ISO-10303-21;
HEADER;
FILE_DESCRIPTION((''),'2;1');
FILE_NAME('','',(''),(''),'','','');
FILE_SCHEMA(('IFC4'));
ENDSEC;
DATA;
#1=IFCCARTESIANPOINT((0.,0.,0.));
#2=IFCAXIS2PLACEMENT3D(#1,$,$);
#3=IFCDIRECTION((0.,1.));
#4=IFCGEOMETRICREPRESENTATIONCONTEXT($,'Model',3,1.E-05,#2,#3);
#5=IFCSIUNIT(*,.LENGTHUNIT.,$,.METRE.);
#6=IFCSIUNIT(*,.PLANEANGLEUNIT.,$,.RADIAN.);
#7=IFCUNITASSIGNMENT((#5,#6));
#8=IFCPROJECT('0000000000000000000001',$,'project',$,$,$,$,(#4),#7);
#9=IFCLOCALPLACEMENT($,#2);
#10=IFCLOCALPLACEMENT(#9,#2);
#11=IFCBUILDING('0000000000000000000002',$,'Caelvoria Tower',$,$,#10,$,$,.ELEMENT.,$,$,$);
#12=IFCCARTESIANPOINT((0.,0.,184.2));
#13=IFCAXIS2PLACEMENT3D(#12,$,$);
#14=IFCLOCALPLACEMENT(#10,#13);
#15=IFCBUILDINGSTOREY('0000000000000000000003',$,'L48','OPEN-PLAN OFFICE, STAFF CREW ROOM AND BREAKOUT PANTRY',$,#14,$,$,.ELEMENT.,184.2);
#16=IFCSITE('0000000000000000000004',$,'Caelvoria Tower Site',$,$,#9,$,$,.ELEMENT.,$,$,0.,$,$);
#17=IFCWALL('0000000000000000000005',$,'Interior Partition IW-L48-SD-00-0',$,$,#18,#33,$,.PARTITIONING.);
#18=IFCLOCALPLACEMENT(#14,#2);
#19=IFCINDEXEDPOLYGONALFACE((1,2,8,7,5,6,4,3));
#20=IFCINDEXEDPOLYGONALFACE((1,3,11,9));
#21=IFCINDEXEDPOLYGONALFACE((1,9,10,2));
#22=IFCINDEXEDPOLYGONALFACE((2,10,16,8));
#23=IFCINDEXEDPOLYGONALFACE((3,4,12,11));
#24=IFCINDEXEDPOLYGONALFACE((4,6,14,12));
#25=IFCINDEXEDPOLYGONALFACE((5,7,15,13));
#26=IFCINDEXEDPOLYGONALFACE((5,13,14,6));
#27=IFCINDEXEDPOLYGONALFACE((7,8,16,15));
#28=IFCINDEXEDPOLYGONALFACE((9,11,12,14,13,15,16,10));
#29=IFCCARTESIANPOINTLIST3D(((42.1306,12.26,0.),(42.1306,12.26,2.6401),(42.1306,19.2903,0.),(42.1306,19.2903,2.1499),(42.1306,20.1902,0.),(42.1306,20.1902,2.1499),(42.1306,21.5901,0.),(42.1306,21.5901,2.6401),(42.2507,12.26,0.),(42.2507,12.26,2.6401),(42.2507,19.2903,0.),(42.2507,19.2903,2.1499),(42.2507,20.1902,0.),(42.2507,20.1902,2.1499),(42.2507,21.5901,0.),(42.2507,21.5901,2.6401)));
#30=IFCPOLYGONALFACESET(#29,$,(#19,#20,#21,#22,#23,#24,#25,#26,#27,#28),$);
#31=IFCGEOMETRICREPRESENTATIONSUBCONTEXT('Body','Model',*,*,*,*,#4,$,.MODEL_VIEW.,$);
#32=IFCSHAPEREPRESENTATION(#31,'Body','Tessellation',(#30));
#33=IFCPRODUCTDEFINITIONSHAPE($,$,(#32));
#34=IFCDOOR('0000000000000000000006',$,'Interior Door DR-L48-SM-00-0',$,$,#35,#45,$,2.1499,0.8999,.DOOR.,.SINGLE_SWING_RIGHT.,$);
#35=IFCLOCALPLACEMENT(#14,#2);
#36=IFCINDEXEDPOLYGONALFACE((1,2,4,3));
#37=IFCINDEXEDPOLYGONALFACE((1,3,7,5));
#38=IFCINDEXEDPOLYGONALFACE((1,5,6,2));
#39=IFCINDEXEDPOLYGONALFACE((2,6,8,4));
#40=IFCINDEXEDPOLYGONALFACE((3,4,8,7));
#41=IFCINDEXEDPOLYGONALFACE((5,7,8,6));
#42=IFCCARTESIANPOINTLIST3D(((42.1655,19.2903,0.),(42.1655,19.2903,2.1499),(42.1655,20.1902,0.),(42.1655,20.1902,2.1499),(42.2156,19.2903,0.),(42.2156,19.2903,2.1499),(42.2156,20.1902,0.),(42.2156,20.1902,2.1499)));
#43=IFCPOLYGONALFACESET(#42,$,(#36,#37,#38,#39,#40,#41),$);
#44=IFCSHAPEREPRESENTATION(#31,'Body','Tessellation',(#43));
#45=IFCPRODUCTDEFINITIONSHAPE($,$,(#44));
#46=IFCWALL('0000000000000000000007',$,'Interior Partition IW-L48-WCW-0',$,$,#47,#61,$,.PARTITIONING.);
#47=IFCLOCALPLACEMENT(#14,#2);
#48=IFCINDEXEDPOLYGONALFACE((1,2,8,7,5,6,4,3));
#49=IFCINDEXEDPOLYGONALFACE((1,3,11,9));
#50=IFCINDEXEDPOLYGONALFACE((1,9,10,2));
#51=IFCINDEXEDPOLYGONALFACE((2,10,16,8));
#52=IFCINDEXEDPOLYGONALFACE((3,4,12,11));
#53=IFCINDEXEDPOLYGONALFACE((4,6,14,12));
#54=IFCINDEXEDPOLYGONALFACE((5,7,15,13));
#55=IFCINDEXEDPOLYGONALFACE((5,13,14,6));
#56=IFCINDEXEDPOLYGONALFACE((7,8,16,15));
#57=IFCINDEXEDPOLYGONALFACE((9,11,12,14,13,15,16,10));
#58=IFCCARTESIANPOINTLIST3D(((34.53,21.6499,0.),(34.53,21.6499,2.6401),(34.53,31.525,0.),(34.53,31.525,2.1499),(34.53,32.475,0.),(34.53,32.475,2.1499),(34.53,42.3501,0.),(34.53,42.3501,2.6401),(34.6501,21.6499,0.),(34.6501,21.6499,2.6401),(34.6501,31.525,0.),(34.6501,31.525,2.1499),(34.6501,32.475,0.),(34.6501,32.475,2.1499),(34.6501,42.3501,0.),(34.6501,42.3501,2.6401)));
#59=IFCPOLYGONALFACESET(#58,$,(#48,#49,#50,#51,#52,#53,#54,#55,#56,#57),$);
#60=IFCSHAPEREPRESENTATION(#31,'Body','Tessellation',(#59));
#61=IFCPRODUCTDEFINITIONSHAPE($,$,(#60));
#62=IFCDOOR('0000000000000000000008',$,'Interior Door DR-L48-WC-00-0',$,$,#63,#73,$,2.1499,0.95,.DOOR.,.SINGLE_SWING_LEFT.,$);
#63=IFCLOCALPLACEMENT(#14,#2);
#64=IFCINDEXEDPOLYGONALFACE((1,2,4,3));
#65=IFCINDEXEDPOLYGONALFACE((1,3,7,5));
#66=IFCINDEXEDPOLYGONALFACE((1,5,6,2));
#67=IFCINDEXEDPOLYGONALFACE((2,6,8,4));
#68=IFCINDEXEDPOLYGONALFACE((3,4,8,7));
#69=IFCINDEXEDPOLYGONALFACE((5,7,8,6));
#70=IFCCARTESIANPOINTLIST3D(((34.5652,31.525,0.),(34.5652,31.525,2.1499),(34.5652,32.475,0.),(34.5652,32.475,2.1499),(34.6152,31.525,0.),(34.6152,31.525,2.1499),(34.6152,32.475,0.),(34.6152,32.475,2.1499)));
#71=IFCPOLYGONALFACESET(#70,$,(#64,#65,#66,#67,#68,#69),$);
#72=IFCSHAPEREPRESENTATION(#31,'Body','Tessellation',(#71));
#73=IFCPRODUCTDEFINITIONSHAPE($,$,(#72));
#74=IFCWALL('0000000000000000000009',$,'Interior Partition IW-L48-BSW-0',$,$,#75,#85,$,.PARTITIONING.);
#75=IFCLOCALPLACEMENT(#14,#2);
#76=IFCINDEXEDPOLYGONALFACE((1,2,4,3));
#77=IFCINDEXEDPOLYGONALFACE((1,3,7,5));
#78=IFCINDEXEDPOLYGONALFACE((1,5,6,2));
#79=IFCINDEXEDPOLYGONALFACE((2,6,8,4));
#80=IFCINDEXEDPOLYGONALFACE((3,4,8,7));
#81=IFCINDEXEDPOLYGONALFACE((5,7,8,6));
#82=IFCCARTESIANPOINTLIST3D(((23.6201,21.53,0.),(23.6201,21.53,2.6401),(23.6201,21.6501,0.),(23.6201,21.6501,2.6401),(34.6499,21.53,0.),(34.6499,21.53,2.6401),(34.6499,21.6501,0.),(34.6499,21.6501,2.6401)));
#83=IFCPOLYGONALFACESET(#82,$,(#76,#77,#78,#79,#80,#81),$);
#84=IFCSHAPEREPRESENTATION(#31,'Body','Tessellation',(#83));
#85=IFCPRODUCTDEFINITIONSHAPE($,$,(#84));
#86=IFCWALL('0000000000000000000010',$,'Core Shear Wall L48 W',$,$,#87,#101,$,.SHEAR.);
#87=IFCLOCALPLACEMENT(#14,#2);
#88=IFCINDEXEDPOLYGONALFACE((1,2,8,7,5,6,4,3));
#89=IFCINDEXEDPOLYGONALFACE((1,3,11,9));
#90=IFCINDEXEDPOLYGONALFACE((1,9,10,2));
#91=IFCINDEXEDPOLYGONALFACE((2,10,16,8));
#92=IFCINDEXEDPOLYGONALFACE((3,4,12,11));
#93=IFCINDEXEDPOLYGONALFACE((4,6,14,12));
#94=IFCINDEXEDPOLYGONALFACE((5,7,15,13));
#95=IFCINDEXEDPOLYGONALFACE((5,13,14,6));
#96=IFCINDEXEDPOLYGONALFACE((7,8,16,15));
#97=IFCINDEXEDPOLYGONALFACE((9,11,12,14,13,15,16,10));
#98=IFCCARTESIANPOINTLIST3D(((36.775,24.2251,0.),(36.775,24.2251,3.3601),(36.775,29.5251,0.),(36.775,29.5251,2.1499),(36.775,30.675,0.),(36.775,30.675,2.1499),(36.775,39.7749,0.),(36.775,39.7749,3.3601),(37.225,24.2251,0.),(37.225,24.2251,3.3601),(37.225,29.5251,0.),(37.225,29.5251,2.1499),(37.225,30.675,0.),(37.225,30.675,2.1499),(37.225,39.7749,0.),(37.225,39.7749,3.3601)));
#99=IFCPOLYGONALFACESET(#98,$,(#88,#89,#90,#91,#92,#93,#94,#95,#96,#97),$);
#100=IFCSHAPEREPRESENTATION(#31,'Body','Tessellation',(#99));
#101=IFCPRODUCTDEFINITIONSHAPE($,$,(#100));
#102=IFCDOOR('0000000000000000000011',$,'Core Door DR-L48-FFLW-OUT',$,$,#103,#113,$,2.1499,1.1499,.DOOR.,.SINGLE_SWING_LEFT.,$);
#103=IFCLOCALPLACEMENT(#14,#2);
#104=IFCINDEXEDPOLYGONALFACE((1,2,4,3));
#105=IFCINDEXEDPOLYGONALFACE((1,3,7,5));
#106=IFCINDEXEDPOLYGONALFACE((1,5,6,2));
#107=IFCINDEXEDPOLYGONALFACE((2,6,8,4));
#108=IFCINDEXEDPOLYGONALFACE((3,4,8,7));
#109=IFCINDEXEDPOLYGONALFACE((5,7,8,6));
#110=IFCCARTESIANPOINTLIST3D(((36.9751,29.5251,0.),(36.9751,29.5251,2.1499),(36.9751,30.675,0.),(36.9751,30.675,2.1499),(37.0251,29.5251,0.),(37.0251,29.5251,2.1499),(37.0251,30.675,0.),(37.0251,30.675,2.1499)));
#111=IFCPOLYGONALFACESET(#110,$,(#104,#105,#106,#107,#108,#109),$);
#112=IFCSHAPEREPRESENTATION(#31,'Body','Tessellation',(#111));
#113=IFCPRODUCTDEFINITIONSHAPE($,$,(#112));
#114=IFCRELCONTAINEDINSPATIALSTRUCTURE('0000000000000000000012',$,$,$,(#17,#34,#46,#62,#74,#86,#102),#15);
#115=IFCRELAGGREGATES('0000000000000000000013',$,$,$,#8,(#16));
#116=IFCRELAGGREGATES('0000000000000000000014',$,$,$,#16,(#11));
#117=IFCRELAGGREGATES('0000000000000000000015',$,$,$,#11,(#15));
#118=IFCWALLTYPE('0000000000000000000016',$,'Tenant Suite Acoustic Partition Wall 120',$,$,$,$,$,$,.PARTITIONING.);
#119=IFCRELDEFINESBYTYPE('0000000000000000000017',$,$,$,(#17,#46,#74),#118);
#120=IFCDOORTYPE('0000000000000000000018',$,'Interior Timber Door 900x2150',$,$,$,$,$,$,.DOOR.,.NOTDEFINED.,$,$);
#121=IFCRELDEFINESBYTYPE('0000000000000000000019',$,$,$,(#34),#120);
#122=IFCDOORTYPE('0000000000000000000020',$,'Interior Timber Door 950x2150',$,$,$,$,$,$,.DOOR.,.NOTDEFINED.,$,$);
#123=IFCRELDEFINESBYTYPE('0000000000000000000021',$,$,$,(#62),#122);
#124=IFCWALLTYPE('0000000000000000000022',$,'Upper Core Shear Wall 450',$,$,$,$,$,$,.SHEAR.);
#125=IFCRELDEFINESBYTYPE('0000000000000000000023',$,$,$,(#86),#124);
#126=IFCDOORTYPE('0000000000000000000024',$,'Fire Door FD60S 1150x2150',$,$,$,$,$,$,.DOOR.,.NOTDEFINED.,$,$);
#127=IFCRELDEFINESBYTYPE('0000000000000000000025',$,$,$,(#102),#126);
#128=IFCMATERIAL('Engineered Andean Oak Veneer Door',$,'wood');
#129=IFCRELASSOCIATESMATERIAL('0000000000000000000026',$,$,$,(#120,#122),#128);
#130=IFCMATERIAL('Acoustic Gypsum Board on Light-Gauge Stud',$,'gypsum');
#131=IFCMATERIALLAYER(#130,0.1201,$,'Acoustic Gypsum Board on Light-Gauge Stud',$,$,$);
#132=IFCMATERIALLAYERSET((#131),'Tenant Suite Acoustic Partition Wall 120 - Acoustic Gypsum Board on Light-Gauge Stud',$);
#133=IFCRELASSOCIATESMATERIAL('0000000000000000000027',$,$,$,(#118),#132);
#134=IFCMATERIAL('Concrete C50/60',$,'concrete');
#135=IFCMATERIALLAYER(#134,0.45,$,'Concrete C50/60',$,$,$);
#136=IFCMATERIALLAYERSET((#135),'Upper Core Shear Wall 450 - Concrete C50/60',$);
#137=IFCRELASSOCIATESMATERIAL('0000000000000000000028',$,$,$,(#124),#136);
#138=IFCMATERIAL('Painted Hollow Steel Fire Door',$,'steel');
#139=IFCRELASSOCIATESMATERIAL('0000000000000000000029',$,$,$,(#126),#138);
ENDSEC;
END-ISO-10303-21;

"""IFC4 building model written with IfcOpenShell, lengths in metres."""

from ifc_helpers import new_model, si_unit, direction, frame, frame_2d, origin, place, context, subcontext, project, spatial, rectangle, extrude, material, layer, layer_set, type_object, element, fill, save


model = new_model("IFC4")

# Units and contexts
model_context = context("Model", 3, precision=1e-05, world=origin(), true_north=direction((0.0, 1.0)))
body_context = subcontext(model_context, "Body", "Model", "MODEL_VIEW")
ifc_project = project(units=[si_unit("LENGTHUNIT", "METRE"), si_unit("PLANEANGLEUNIT", "RADIAN")], contexts=[model_context])

# Site, building, storey
site_placement = place(None, origin())
site = spatial("IfcSite", under=ifc_project, at=site_placement, Name="Caelvoria Tower Site", CompositionType="ELEMENT", RefElevation=0.0)
building_placement = place(site_placement, origin())
building = spatial("IfcBuilding", under=site, at=building_placement, Name="Caelvoria Tower", CompositionType="ELEMENT")
storey_placement = place(building_placement, frame((0.0, 0.0, 184.2)))
storey = spatial("IfcBuildingStorey", under=building, at=storey_placement, Name="L48", Description="OPEN-PLAN OFFICE, STAFF CREW ROOM AND BREAKOUT PANTRY", CompositionType="ELEMENT", Elevation=184.2)

# Shared definitions
ifc_material_1 = material(Name="Concrete C50/60", Category="concrete")
ifc_material_2 = material(Name="Painted Hollow Steel Fire Door", Category="steel")

# Shared definitions
ifc_material_3 = material(Name="Engineered Andean Oak Veneer Door", Category="wood")
door_type_1 = type_object("IfcDoorType", Name="Interior Timber Door 900x2150", OperationType="NOTDEFINED", PredefinedType="DOOR", material=ifc_material_3)

# Walls, openings, doors
ifc_material_4 = material(Name="Acoustic Gypsum Board on Light-Gauge Stud", Category="gypsum")
ifc_layer_1 = layer(ifc_material_4, 0.1201, Name="Acoustic Gypsum Board on Light-Gauge Stud")
ifc_layer_set_1 = layer_set([ifc_layer_1], Name="Tenant Suite Acoustic Partition Wall 120 - Acoustic Gypsum Board on Light-Gauge Stud")
wall_type_1 = type_object("IfcWallType", Name="Tenant Suite Acoustic Partition Wall 120", PredefinedType="PARTITIONING", material=ifc_layer_set_1)
wall_1_placement = place(storey_placement, frame((42.1907, 21.5901, 0.0), z_axis=(0.0, 0.0, 1.0), x_axis=(0.0, -1.0, 0.0)))
wall_1 = element("IfcWall", 1, at=wall_1_placement, inside=storey, type_object=wall_type_1, Name="Interior Partition IW-L48-SD-00-0", PredefinedType="PARTITIONING", context=body_context, shape_type="SweptSolid", body=[
    extrude(rectangle(XDim=9.3301, YDim=0.1201, at=frame_2d((4.665, 0.0))), origin(), (0.0, 0.0, 1.0), 2.6401),
])
opening_1_placement = place(wall_1_placement, frame((1.3999, 0.0, 0.0)))
opening_1 = element("IfcOpeningElement", 2, at=opening_1_placement, cuts=wall_1, PredefinedType="OPENING", context=body_context, shape_type="SweptSolid", body=[
    extrude(rectangle(XDim=0.8999, YDim=2.1499, at=frame_2d((0.45, 1.075))), frame((0.0, 0.0701, 0.0), z_axis=(0.0, -1.0, 0.0), x_axis=(1.0, 0.0, 0.0)), (0.0, 0.0, 1.0), 0.1401),
])
door_1_placement = place(opening_1_placement, origin())
door_1 = element("IfcDoor", 3, at=door_1_placement, inside=storey, type_object=door_type_1, Name="Interior Door DR-L48-SM-00-0", OperationType="SINGLE_SWING_RIGHT", OverallHeight=2.1499, OverallWidth=0.8999, PredefinedType="DOOR", context=body_context, shape_type="SweptSolid", body=[
    extrude(rectangle(XDim=0.8999, YDim=2.1499, at=frame_2d((0.45, 1.075))), frame((0.0, 0.0249, 0.0), z_axis=(0.0, -1.0, 0.0), x_axis=(1.0, 0.0, 0.0)), (0.0, 0.0, 1.0), 0.05),
])
fill(opening_1, door_1)
wall_2_placement = place(storey_placement, frame((34.5901, 21.6499, 0.0), z_axis=(0.0, 0.0, 1.0), x_axis=(0.0, 1.0, 0.0)))
wall_2 = element("IfcWall", 4, at=wall_2_placement, inside=storey, type_object=wall_type_1, Name="Interior Partition IW-L48-WCW-0", PredefinedType="PARTITIONING", context=body_context, shape_type="SweptSolid", body=[
    extrude(rectangle(XDim=20.7002, YDim=0.1201, at=frame_2d((10.3501, 0.0))), origin(), (0.0, 0.0, 1.0), 2.6401),
])
opening_2_placement = place(wall_2_placement, frame((9.875, 0.0, 0.0)))
opening_2 = element("IfcOpeningElement", 5, at=opening_2_placement, cuts=wall_2, PredefinedType="OPENING", context=body_context, shape_type="SweptSolid", body=[
    extrude(rectangle(XDim=0.95, YDim=2.1499, at=frame_2d((0.4751, 1.075))), frame((0.0, 0.0701, 0.0), z_axis=(0.0, -1.0, 0.0), x_axis=(1.0, 0.0, 0.0)), (0.0, 0.0, 1.0), 0.1401),
])
door_type_2 = type_object("IfcDoorType", Name="Interior Timber Door 950x2150", OperationType="NOTDEFINED", PredefinedType="DOOR", material=ifc_material_3)
door_2_placement = place(opening_2_placement, origin())
door_2 = element("IfcDoor", 6, at=door_2_placement, inside=storey, type_object=door_type_2, Name="Interior Door DR-L48-WC-00-0", OperationType="SINGLE_SWING_LEFT", OverallHeight=2.1499, OverallWidth=0.95, PredefinedType="DOOR", context=body_context, shape_type="SweptSolid", body=[
    extrude(rectangle(XDim=0.95, YDim=2.1499, at=frame_2d((0.4751, 1.075))), frame((0.0, 0.0249, 0.0), z_axis=(0.0, -1.0, 0.0), x_axis=(1.0, 0.0, 0.0)), (0.0, 0.0, 1.0), 0.05),
])
fill(opening_2, door_2)

# Wall
wall_3_placement = place(storey_placement, frame((34.6499, 21.5901, 0.0), z_axis=(0.0, 0.0, 1.0), x_axis=(-1.0, 0.0, 0.0)))
element("IfcWall", 7, at=wall_3_placement, inside=storey, type_object=wall_type_1, Name="Interior Partition IW-L48-BSW-0", PredefinedType="PARTITIONING", context=body_context, shape_type="SweptSolid", body=[
    extrude(rectangle(XDim=11.0298, YDim=0.1201, at=frame_2d((5.5149, 0.0))), origin(), (0.0, 0.0, 1.0), 2.6401),
])

# Wall, opening, door
ifc_layer_2 = layer(ifc_material_1, 0.45, Name="Concrete C50/60")
ifc_layer_set_2 = layer_set([ifc_layer_2], Name="Upper Core Shear Wall 450 - Concrete C50/60")
wall_type_2 = type_object("IfcWallType", Name="Upper Core Shear Wall 450", PredefinedType="SHEAR", material=ifc_layer_set_2)
wall_4_placement = place(storey_placement, frame((37.0, 24.2251, 0.0), z_axis=(0.0, 0.0, 1.0), x_axis=(0.0, 1.0, 0.0)))
wall_4 = element("IfcWall", 8, at=wall_4_placement, inside=storey, type_object=wall_type_2, Name="Core Shear Wall L48 W", PredefinedType="SHEAR", context=body_context, shape_type="SweptSolid", body=[
    extrude(rectangle(XDim=15.5498, YDim=0.45, at=frame_2d((7.7749, 0.0))), origin(), (0.0, 0.0, 1.0), 3.3601),
])
opening_3_placement = place(wall_4_placement, frame((5.3, 0.0, 0.0)))
opening_3 = element("IfcOpeningElement", 9, at=opening_3_placement, cuts=wall_4, PredefinedType="OPENING", context=body_context, shape_type="SweptSolid", body=[
    extrude(rectangle(XDim=1.1499, YDim=2.1499, at=frame_2d((0.575, 1.075))), frame((0.0, 0.2349, 0.0), z_axis=(0.0, -1.0, 0.0), x_axis=(1.0, 0.0, 0.0)), (0.0, 0.0, 1.0), 0.47),
])
door_type_3 = type_object("IfcDoorType", Name="Fire Door FD60S 1150x2150", OperationType="NOTDEFINED", PredefinedType="DOOR", material=ifc_material_2)
door_3_placement = place(opening_3_placement, origin())
door_3 = element("IfcDoor", 10, at=door_3_placement, inside=storey, type_object=door_type_3, Name="Core Door DR-L48-FFLW-OUT", OperationType="SINGLE_SWING_LEFT", OverallHeight=2.1499, OverallWidth=1.1499, PredefinedType="DOOR", context=body_context, shape_type="SweptSolid", body=[
    extrude(rectangle(XDim=1.1499, YDim=2.1499, at=frame_2d((0.575, 1.075))), frame((0.0, 0.0249, 0.0), z_axis=(0.0, -1.0, 0.0), x_axis=(1.0, 0.0, 0.0)), (0.0, 0.0, 1.0), 0.05),
])
fill(opening_3, door_3)

save(model, "model.ifc")
